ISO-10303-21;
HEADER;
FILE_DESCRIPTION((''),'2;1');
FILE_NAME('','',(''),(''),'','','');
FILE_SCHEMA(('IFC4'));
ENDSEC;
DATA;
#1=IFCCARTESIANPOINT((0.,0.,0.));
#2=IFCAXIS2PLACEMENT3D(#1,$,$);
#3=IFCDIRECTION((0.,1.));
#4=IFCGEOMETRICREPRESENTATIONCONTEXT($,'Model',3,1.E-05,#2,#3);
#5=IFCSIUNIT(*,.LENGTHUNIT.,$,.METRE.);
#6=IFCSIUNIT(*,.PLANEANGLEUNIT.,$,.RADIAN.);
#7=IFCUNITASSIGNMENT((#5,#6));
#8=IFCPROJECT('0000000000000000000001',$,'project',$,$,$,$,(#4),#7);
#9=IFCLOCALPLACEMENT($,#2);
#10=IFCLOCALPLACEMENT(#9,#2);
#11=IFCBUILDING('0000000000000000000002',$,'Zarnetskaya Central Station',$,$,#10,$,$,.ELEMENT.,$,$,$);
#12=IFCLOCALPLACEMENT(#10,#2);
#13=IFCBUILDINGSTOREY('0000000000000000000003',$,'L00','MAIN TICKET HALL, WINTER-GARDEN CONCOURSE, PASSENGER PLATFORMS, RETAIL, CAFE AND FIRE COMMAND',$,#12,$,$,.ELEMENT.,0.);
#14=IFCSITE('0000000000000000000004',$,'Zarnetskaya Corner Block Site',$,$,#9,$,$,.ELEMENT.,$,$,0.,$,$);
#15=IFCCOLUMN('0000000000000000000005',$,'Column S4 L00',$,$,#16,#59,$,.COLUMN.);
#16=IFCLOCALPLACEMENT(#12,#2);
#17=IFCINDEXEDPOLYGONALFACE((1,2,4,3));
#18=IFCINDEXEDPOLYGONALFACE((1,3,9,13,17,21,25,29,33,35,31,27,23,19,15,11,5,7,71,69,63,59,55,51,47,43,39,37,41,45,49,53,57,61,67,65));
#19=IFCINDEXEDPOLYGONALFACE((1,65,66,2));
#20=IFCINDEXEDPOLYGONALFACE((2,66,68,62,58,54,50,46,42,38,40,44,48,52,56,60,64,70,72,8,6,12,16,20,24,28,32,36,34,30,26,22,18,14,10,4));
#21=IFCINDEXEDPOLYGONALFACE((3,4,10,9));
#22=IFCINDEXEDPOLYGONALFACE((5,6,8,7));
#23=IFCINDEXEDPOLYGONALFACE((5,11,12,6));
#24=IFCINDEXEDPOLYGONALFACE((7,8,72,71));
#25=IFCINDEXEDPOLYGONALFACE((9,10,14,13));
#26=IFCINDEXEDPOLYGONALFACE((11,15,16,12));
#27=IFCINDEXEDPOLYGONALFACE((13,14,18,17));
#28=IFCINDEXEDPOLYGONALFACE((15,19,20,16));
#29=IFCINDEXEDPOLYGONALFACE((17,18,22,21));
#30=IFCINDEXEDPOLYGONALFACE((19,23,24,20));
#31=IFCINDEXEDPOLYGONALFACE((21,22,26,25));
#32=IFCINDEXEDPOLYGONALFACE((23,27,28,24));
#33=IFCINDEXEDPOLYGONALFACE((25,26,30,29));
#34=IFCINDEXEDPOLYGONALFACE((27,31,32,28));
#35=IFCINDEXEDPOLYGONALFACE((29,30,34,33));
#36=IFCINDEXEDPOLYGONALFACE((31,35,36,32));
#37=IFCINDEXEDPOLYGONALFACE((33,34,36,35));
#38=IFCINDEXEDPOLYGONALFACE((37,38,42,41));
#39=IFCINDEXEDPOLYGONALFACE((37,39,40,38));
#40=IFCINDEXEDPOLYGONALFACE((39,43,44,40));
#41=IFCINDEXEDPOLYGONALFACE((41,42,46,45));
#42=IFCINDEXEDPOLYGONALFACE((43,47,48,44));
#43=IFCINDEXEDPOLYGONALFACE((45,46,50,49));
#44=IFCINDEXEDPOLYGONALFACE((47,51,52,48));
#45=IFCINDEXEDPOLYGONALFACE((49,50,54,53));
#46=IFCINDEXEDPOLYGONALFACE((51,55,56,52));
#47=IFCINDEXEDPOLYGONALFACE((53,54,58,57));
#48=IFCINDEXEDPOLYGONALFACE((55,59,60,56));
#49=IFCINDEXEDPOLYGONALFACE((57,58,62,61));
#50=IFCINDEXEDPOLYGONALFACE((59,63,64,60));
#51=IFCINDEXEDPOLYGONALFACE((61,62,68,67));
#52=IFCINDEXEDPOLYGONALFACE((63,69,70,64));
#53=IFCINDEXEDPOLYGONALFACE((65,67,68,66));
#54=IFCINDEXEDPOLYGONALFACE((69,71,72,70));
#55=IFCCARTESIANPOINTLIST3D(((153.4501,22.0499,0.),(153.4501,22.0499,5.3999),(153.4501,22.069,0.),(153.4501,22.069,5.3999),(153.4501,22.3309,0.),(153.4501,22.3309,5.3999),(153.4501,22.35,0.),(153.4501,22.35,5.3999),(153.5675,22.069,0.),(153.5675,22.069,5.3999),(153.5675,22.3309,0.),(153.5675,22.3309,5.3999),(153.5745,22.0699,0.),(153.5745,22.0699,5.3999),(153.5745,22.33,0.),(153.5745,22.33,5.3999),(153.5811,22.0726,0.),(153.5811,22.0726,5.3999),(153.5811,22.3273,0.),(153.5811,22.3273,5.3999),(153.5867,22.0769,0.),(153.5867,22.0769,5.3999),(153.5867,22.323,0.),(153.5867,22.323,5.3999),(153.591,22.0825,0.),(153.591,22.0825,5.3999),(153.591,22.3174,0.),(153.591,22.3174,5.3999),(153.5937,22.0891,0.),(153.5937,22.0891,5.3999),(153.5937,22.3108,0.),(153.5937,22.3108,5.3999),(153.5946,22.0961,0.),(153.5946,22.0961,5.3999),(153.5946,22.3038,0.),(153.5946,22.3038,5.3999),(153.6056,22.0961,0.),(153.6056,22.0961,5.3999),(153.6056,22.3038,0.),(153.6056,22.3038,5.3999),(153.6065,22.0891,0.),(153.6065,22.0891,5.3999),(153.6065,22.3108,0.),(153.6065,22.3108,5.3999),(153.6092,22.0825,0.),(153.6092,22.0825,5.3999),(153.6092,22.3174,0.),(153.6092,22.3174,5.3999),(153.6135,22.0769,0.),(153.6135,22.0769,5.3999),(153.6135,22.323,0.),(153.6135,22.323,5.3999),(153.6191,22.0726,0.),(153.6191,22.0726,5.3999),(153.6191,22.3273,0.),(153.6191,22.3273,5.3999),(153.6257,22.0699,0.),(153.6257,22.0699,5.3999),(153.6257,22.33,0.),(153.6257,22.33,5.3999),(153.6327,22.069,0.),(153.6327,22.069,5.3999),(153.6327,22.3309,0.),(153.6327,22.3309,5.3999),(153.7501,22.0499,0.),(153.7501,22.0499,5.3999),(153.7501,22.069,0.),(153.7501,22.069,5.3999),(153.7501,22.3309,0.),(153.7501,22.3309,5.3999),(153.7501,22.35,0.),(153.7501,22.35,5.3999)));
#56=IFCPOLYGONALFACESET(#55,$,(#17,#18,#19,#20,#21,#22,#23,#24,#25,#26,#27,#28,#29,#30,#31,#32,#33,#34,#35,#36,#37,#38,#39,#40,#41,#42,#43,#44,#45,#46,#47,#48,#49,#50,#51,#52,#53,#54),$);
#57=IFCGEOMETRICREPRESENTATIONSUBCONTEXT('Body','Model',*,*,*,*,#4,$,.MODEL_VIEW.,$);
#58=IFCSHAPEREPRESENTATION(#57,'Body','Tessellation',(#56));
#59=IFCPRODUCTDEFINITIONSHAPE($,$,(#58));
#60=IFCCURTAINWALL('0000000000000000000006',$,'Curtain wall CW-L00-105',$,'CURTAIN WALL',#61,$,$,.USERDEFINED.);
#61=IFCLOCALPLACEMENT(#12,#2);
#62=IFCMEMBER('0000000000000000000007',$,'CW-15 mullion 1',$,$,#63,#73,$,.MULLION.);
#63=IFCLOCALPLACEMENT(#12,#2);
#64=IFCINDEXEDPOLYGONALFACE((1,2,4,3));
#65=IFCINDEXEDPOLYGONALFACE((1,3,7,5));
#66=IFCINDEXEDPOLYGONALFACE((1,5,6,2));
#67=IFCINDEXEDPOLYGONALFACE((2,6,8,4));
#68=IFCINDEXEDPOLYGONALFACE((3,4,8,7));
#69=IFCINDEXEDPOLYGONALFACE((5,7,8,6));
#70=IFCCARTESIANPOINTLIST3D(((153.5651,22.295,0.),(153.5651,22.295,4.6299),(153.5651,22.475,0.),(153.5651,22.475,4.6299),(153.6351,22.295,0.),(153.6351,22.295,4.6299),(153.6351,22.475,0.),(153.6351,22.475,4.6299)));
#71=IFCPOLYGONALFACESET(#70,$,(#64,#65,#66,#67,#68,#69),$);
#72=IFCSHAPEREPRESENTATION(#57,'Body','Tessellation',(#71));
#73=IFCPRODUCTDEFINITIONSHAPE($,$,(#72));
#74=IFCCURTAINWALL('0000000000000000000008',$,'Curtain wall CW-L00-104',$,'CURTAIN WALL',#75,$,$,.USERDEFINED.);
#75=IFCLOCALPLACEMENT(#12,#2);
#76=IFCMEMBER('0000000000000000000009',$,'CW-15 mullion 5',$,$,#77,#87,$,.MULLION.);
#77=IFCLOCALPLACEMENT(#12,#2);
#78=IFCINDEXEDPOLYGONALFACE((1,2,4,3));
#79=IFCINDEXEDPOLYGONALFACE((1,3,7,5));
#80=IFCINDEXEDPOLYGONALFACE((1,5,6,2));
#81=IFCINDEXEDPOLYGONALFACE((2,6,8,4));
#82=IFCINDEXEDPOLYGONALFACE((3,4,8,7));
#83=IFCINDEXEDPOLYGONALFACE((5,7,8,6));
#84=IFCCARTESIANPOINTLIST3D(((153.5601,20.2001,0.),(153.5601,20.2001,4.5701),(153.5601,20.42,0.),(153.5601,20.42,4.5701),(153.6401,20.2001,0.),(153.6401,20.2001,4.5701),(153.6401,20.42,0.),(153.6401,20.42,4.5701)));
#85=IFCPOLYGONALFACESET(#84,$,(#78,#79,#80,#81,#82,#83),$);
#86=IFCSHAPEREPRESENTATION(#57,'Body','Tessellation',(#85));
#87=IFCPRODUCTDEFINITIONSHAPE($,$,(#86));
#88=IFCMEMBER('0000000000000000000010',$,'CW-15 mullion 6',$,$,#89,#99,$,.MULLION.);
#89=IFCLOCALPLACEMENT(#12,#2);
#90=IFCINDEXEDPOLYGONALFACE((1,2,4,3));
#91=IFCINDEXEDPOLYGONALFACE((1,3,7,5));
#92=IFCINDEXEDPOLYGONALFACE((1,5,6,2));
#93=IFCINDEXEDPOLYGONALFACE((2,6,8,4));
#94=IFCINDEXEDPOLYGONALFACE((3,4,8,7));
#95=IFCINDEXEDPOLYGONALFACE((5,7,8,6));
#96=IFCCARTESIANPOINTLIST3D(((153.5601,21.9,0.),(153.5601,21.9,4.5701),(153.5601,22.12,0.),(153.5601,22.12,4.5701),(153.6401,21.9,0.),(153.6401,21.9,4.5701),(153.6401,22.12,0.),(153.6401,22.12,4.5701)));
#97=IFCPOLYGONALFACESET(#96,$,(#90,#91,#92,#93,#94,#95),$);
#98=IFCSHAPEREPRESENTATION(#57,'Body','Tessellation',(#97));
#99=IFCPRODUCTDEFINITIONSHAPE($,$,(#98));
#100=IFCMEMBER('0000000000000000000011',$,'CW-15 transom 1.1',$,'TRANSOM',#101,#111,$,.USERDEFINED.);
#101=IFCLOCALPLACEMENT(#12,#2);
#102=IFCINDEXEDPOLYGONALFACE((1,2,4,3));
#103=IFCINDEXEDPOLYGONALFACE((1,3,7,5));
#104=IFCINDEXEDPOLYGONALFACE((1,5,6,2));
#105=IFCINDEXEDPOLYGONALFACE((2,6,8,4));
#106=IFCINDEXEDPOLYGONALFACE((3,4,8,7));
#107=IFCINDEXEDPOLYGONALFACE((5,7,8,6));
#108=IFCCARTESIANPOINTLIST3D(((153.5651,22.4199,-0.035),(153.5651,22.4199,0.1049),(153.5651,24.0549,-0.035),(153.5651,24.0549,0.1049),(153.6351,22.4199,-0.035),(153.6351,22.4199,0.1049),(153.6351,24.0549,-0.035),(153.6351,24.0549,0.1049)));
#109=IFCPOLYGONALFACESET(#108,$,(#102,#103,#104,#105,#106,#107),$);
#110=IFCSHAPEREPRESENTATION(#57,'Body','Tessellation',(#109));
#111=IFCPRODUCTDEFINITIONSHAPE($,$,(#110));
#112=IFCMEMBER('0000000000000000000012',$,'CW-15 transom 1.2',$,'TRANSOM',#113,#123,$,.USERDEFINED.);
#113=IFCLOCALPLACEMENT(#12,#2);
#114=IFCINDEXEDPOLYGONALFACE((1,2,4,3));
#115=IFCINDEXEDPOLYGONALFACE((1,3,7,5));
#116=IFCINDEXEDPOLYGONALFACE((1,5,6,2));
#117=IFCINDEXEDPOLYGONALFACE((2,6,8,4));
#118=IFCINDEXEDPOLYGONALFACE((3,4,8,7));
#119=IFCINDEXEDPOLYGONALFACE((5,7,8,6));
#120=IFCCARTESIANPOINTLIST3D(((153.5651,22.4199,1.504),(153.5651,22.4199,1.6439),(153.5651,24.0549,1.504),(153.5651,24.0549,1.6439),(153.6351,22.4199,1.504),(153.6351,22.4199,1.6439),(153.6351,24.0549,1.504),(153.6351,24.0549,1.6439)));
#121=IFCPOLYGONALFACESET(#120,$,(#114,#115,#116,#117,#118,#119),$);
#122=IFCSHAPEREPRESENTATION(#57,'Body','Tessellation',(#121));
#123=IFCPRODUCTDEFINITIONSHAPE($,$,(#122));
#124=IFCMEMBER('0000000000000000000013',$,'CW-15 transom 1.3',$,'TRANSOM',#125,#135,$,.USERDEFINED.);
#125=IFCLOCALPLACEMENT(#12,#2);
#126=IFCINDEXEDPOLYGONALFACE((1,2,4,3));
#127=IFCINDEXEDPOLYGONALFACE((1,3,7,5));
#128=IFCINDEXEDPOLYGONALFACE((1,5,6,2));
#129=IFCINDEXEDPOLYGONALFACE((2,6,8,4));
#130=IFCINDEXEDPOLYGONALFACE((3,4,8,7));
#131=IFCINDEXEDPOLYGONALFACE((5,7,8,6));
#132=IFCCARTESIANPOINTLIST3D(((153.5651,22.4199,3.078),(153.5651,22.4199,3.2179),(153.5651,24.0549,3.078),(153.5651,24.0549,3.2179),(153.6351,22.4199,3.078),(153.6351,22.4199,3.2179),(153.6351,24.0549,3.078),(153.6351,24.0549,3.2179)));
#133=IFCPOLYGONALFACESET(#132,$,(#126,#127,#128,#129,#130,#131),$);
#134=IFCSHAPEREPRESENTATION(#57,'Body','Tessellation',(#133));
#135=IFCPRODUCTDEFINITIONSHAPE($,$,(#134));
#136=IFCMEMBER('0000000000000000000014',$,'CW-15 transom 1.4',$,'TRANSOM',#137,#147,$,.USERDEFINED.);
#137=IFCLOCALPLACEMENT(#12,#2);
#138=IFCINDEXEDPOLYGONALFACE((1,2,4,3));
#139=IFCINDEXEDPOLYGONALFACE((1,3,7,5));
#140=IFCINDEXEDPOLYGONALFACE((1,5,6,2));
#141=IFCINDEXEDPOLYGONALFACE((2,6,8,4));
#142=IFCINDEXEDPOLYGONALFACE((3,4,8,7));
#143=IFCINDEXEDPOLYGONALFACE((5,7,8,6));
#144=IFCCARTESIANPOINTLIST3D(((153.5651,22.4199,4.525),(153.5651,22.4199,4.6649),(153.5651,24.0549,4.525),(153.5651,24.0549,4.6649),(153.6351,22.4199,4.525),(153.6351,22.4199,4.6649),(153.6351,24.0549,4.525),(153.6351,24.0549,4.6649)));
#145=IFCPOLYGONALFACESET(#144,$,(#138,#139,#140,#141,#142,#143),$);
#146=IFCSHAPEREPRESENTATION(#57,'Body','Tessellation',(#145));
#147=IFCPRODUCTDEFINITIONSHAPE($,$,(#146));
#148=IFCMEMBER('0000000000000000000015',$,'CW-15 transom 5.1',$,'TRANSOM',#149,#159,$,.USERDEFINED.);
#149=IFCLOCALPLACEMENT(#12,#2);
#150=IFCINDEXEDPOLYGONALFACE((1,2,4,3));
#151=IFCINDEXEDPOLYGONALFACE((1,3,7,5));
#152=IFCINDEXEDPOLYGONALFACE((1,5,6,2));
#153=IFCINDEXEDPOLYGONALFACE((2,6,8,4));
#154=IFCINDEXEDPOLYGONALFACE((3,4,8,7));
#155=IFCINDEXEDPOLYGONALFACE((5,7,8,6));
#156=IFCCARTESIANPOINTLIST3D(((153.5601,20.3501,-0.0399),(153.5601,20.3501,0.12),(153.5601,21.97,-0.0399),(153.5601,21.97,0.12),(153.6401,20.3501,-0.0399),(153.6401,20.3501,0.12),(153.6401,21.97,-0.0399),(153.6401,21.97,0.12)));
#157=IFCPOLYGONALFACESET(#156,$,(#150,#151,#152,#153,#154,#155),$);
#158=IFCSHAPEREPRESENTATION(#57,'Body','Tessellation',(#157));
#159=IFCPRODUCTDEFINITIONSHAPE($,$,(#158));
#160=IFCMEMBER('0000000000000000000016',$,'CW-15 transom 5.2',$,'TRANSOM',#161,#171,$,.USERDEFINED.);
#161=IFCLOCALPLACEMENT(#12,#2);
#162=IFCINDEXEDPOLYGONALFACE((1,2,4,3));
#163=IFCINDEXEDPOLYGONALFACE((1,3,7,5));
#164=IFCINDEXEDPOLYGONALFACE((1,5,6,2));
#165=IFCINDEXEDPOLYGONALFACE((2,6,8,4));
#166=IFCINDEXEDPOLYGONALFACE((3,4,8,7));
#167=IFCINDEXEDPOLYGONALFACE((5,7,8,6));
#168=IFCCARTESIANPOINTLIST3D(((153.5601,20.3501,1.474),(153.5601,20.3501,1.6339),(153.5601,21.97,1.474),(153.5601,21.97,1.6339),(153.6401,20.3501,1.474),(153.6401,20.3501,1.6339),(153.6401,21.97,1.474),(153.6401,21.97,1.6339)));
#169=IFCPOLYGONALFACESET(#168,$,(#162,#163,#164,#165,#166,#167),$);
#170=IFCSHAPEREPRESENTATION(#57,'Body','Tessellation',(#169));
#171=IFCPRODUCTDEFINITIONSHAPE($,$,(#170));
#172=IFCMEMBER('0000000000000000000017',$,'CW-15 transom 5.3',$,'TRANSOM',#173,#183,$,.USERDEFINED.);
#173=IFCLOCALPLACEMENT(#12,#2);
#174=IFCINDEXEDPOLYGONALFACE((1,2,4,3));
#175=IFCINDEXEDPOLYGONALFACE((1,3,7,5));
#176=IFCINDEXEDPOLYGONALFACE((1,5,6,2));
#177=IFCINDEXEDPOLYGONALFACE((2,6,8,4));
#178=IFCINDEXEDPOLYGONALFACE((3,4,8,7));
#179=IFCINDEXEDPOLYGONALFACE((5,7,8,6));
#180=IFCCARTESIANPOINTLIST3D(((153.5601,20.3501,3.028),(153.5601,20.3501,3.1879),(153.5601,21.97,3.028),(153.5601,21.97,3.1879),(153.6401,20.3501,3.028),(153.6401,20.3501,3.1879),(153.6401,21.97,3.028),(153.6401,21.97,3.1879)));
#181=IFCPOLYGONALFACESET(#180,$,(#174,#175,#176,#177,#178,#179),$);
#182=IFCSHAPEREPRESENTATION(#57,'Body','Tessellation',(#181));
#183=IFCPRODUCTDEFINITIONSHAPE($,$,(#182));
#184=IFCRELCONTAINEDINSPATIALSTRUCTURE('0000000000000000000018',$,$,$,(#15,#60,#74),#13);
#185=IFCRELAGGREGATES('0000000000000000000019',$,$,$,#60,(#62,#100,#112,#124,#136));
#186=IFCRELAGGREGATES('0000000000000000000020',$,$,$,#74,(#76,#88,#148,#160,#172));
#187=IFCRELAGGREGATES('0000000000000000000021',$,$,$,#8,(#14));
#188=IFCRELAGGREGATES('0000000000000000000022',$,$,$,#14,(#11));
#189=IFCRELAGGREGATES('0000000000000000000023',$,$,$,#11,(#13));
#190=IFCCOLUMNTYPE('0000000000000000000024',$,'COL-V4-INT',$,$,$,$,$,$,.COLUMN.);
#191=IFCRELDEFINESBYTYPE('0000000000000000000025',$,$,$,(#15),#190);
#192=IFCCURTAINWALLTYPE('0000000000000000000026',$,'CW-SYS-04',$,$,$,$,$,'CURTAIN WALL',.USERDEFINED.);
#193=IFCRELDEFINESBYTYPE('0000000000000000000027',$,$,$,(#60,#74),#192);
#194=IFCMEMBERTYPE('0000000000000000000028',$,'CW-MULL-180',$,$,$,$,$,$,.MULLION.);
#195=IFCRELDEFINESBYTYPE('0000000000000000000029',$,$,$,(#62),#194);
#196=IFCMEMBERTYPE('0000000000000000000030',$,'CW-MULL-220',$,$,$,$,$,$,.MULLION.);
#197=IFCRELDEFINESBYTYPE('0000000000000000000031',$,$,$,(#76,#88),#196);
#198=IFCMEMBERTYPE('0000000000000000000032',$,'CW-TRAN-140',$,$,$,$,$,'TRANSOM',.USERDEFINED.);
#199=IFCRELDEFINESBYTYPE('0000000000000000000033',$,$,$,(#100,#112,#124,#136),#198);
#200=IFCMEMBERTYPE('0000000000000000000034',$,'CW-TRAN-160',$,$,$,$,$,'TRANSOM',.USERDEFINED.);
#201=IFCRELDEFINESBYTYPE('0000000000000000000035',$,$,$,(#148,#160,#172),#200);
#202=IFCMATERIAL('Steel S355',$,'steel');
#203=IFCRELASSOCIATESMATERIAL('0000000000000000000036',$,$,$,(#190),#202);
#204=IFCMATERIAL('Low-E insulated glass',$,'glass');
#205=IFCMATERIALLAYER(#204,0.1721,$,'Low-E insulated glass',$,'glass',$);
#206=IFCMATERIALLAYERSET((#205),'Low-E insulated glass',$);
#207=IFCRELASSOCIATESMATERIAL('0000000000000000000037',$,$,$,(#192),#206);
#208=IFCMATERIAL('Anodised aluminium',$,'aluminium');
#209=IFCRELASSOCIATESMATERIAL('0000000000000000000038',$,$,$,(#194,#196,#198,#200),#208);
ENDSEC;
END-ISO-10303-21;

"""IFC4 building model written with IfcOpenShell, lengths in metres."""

from ifc_helpers import new_model, si_unit, direction, frame, origin, origin_2d, place, context, subcontext, project, spatial, rectangle, i_section, extrude, material, layer, layer_set, material_profile, profile_set, type_object, element, aggregate, save


model = new_model("IFC4")

# Units and contexts
model_context = context("Model", 3, precision=1e-05, world=origin(), true_north=direction((0.0, 1.0)))
body_context = subcontext(model_context, "Body", "Model", "MODEL_VIEW")
ifc_project = project(units=[si_unit("LENGTHUNIT", "METRE"), si_unit("PLANEANGLEUNIT", "RADIAN")], contexts=[model_context])

# Site, building, storey
site_placement = place(None, origin())
site = spatial("IfcSite", under=ifc_project, at=site_placement, Name="Zarnetskaya Corner Block Site", CompositionType="ELEMENT", RefElevation=0.0)
building_placement = place(site_placement, origin())
building = spatial("IfcBuilding", under=site, at=building_placement, Name="Zarnetskaya Central Station", CompositionType="ELEMENT")
storey_placement = place(building_placement, origin())
storey = spatial("IfcBuildingStorey", under=building, at=storey_placement, Name="L00", Description="MAIN TICKET HALL, WINTER-GARDEN CONCOURSE, PASSENGER PLATFORMS, RETAIL, CAFE AND FIRE COMMAND", CompositionType="ELEMENT", Elevation=0.0)

# Column
ifc_material_1 = material(Name="Steel S355", Category="steel")
ifc_material_profile_1 = material_profile(ifc_material_1, i_section(OverallWidth=0.3, OverallDepth=0.3, WebThickness=0.011, FlangeThickness=0.019, FilletRadius=0.0271, at=origin_2d()), Name="HEB 300")
ifc_profile_set_1 = profile_set([ifc_material_profile_1], Name="Steel S355")
column_type = type_object("IfcColumnType", Name="COL-V4-INT", PredefinedType="COLUMN", material=ifc_profile_set_1)
column_placement = place(storey_placement, frame((153.6001, 22.2, 0.0), z_axis=(0.0, 0.0, 1.0), x_axis=(1.0, 0.0, 0.0)))
element("IfcColumn", 1, at=column_placement, inside=storey, type_object=column_type, Name="Column S4 L00", PredefinedType="COLUMN", context=body_context, shape_type="SweptSolid", body=[
    extrude(i_section(OverallWidth=0.3, OverallDepth=0.3, WebThickness=0.011, FlangeThickness=0.019, FilletRadius=0.0271, at=origin_2d()), origin(), (0.0, 0.0, 1.0), 5.3999),
])

# Curtain wall, member
ifc_material_2 = material(Name="Low-E insulated glass", Category="glass")
ifc_layer_1 = layer(ifc_material_2, 0.1721, Name="Low-E insulated glass", Category="glass")
ifc_layer_set_1 = layer_set([ifc_layer_1], Name="Low-E insulated glass")
curtain_wall_type = type_object("IfcCurtainWallType", Name="CW-SYS-04", ElementType="CURTAIN WALL", PredefinedType="USERDEFINED", material=ifc_layer_set_1)
curtain_wall_1_placement = place(storey_placement, origin())
curtain_wall_1 = element("IfcCurtainWall", 2, at=curtain_wall_1_placement, inside=storey, type_object=curtain_wall_type, Name="Curtain wall CW-L00-105", ObjectType="CURTAIN WALL", PredefinedType="USERDEFINED")
ifc_material_3 = material(Name="Anodised aluminium", Category="aluminium")
ifc_material_profile_2 = material_profile(ifc_material_3, rectangle(XDim=0.0701, YDim=0.1799, at=origin_2d()), Name="ALU MULL 70x180")
ifc_profile_set_2 = profile_set([ifc_material_profile_2], Name="Anodised aluminium")
member_type_1 = type_object("IfcMemberType", Name="CW-MULL-180", PredefinedType="MULLION", material=ifc_profile_set_2)
member_1_placement = place(storey_placement, frame((153.6001, 22.385, 0.0), z_axis=(0.0, 0.0, 1.0), x_axis=(-1.0, 0.0, 0.0)))
member_1 = element("IfcMember", 3, at=member_1_placement, type_object=member_type_1, Name="CW-15 mullion 1", PredefinedType="MULLION", context=body_context, shape_type="SweptSolid", body=[
    extrude(rectangle(XDim=0.0701, YDim=0.1799, at=origin_2d()), origin(), (0.0, 0.0, 1.0), 4.6299),
])

# Curtain wall, members
curtain_wall_2_placement = place(storey_placement, origin())
curtain_wall_2 = element("IfcCurtainWall", 4, at=curtain_wall_2_placement, inside=storey, type_object=curtain_wall_type, Name="Curtain wall CW-L00-104", ObjectType="CURTAIN WALL", PredefinedType="USERDEFINED")
ifc_material_profile_3 = material_profile(ifc_material_3, rectangle(XDim=0.0801, YDim=0.22, at=origin_2d()), Name="ALU MULL 80x220")
ifc_profile_set_3 = profile_set([ifc_material_profile_3], Name="Anodised aluminium")
member_type_2 = type_object("IfcMemberType", Name="CW-MULL-220", PredefinedType="MULLION", material=ifc_profile_set_3)
member_2_placement = place(storey_placement, frame((153.6001, 20.3101, 0.0), z_axis=(0.0, 0.0, 1.0), x_axis=(-1.0, 0.0, 0.0)))
member_2 = element("IfcMember", 5, at=member_2_placement, type_object=member_type_2, Name="CW-15 mullion 5", PredefinedType="MULLION", context=body_context, shape_type="SweptSolid", body=[
    extrude(rectangle(XDim=0.0801, YDim=0.22, at=origin_2d()), origin(), (0.0, 0.0, 1.0), 4.5701),
])
member_3_placement = place(storey_placement, frame((153.6001, 22.01, 0.0), z_axis=(0.0, 0.0, 1.0), x_axis=(-1.0, 0.0, 0.0)))
member_3 = element("IfcMember", 6, at=member_3_placement, type_object=member_type_2, Name="CW-15 mullion 6", PredefinedType="MULLION", context=body_context, shape_type="SweptSolid", body=[
    extrude(rectangle(XDim=0.0801, YDim=0.22, at=origin_2d()), origin(), (0.0, 0.0, 1.0), 4.5701),
])

# Members
ifc_material_profile_4 = material_profile(ifc_material_3, rectangle(XDim=0.0701, YDim=0.1399, at=origin_2d()), Name="ALU TRAN 70x140")
ifc_profile_set_4 = profile_set([ifc_material_profile_4], Name="Anodised aluminium")
member_type_3 = type_object("IfcMemberType", Name="CW-TRAN-140", ElementType="TRANSOM", PredefinedType="USERDEFINED", material=ifc_profile_set_4)
member_4_placement = place(storey_placement, frame((153.6001, 22.4199, 0.0349), z_axis=(0.0, 1.0, 0.0), x_axis=(-1.0, 0.0, 0.0)))
member_4 = element("IfcMember", 7, at=member_4_placement, type_object=member_type_3, Name="CW-15 transom 1.1", ObjectType="TRANSOM", PredefinedType="USERDEFINED", context=body_context, shape_type="SweptSolid", body=[
    extrude(rectangle(XDim=0.0701, YDim=0.1399, at=origin_2d()), origin(), (0.0, 0.0, 1.0), 1.635),
])
member_5_placement = place(storey_placement, frame((153.6001, 22.4199, 1.574), z_axis=(0.0, 1.0, 0.0), x_axis=(-1.0, 0.0, 0.0)))
member_5 = element("IfcMember", 8, at=member_5_placement, type_object=member_type_3, Name="CW-15 transom 1.2", ObjectType="TRANSOM", PredefinedType="USERDEFINED", context=body_context, shape_type="SweptSolid", body=[
    extrude(rectangle(XDim=0.0701, YDim=0.1399, at=origin_2d()), origin(), (0.0, 0.0, 1.0), 1.635),
])
member_6_placement = place(storey_placement, frame((153.6001, 22.4199, 3.1479), z_axis=(0.0, 1.0, 0.0), x_axis=(-1.0, 0.0, 0.0)))
member_6 = element("IfcMember", 9, at=member_6_placement, type_object=member_type_3, Name="CW-15 transom 1.3", ObjectType="TRANSOM", PredefinedType="USERDEFINED", context=body_context, shape_type="SweptSolid", body=[
    extrude(rectangle(XDim=0.0701, YDim=0.1399, at=origin_2d()), origin(), (0.0, 0.0, 1.0), 1.635),
])
member_7_placement = place(storey_placement, frame((153.6001, 22.4199, 4.595), z_axis=(0.0, 1.0, 0.0), x_axis=(-1.0, 0.0, 0.0)))
member_7 = element("IfcMember", 10, at=member_7_placement, type_object=member_type_3, Name="CW-15 transom 1.4", ObjectType="TRANSOM", PredefinedType="USERDEFINED", context=body_context, shape_type="SweptSolid", body=[
    extrude(rectangle(XDim=0.0701, YDim=0.1399, at=origin_2d()), origin(), (0.0, 0.0, 1.0), 1.635),
])
ifc_material_profile_5 = material_profile(ifc_material_3, rectangle(XDim=0.0801, YDim=0.1599, at=origin_2d()), Name="ALU TRAN 80x160")
ifc_profile_set_5 = profile_set([ifc_material_profile_5], Name="Anodised aluminium")
member_type_4 = type_object("IfcMemberType", Name="CW-TRAN-160", ElementType="TRANSOM", PredefinedType="USERDEFINED", material=ifc_profile_set_5)
member_8_placement = place(storey_placement, frame((153.6001, 20.3501, 0.04), z_axis=(0.0, 1.0, 0.0), x_axis=(-1.0, 0.0, 0.0)))
member_8 = element("IfcMember", 11, at=member_8_placement, type_object=member_type_4, Name="CW-15 transom 5.1", ObjectType="TRANSOM", PredefinedType="USERDEFINED", context=body_context, shape_type="SweptSolid", body=[
    extrude(rectangle(XDim=0.0801, YDim=0.1599, at=origin_2d()), origin(), (0.0, 0.0, 1.0), 1.6199),
])
member_9_placement = place(storey_placement, frame((153.6001, 20.3501, 1.554), z_axis=(0.0, 1.0, 0.0), x_axis=(-1.0, 0.0, 0.0)))
member_9 = element("IfcMember", 12, at=member_9_placement, type_object=member_type_4, Name="CW-15 transom 5.2", ObjectType="TRANSOM", PredefinedType="USERDEFINED", context=body_context, shape_type="SweptSolid", body=[
    extrude(rectangle(XDim=0.0801, YDim=0.1599, at=origin_2d()), origin(), (0.0, 0.0, 1.0), 1.6199),
])
member_10_placement = place(storey_placement, frame((153.6001, 20.3501, 3.1079), z_axis=(0.0, 1.0, 0.0), x_axis=(-1.0, 0.0, 0.0)))
member_10 = element("IfcMember", 13, at=member_10_placement, type_object=member_type_4, Name="CW-15 transom 5.3", ObjectType="TRANSOM", PredefinedType="USERDEFINED", context=body_context, shape_type="SweptSolid", body=[
    extrude(rectangle(XDim=0.0801, YDim=0.1599, at=origin_2d()), origin(), (0.0, 0.0, 1.0), 1.6199),
])

aggregate(curtain_wall_1, [member_1, member_4, member_5, member_6, member_7])
aggregate(curtain_wall_2, [member_2, member_3, member_8, member_9, member_10])

save(model, "model.ifc")
